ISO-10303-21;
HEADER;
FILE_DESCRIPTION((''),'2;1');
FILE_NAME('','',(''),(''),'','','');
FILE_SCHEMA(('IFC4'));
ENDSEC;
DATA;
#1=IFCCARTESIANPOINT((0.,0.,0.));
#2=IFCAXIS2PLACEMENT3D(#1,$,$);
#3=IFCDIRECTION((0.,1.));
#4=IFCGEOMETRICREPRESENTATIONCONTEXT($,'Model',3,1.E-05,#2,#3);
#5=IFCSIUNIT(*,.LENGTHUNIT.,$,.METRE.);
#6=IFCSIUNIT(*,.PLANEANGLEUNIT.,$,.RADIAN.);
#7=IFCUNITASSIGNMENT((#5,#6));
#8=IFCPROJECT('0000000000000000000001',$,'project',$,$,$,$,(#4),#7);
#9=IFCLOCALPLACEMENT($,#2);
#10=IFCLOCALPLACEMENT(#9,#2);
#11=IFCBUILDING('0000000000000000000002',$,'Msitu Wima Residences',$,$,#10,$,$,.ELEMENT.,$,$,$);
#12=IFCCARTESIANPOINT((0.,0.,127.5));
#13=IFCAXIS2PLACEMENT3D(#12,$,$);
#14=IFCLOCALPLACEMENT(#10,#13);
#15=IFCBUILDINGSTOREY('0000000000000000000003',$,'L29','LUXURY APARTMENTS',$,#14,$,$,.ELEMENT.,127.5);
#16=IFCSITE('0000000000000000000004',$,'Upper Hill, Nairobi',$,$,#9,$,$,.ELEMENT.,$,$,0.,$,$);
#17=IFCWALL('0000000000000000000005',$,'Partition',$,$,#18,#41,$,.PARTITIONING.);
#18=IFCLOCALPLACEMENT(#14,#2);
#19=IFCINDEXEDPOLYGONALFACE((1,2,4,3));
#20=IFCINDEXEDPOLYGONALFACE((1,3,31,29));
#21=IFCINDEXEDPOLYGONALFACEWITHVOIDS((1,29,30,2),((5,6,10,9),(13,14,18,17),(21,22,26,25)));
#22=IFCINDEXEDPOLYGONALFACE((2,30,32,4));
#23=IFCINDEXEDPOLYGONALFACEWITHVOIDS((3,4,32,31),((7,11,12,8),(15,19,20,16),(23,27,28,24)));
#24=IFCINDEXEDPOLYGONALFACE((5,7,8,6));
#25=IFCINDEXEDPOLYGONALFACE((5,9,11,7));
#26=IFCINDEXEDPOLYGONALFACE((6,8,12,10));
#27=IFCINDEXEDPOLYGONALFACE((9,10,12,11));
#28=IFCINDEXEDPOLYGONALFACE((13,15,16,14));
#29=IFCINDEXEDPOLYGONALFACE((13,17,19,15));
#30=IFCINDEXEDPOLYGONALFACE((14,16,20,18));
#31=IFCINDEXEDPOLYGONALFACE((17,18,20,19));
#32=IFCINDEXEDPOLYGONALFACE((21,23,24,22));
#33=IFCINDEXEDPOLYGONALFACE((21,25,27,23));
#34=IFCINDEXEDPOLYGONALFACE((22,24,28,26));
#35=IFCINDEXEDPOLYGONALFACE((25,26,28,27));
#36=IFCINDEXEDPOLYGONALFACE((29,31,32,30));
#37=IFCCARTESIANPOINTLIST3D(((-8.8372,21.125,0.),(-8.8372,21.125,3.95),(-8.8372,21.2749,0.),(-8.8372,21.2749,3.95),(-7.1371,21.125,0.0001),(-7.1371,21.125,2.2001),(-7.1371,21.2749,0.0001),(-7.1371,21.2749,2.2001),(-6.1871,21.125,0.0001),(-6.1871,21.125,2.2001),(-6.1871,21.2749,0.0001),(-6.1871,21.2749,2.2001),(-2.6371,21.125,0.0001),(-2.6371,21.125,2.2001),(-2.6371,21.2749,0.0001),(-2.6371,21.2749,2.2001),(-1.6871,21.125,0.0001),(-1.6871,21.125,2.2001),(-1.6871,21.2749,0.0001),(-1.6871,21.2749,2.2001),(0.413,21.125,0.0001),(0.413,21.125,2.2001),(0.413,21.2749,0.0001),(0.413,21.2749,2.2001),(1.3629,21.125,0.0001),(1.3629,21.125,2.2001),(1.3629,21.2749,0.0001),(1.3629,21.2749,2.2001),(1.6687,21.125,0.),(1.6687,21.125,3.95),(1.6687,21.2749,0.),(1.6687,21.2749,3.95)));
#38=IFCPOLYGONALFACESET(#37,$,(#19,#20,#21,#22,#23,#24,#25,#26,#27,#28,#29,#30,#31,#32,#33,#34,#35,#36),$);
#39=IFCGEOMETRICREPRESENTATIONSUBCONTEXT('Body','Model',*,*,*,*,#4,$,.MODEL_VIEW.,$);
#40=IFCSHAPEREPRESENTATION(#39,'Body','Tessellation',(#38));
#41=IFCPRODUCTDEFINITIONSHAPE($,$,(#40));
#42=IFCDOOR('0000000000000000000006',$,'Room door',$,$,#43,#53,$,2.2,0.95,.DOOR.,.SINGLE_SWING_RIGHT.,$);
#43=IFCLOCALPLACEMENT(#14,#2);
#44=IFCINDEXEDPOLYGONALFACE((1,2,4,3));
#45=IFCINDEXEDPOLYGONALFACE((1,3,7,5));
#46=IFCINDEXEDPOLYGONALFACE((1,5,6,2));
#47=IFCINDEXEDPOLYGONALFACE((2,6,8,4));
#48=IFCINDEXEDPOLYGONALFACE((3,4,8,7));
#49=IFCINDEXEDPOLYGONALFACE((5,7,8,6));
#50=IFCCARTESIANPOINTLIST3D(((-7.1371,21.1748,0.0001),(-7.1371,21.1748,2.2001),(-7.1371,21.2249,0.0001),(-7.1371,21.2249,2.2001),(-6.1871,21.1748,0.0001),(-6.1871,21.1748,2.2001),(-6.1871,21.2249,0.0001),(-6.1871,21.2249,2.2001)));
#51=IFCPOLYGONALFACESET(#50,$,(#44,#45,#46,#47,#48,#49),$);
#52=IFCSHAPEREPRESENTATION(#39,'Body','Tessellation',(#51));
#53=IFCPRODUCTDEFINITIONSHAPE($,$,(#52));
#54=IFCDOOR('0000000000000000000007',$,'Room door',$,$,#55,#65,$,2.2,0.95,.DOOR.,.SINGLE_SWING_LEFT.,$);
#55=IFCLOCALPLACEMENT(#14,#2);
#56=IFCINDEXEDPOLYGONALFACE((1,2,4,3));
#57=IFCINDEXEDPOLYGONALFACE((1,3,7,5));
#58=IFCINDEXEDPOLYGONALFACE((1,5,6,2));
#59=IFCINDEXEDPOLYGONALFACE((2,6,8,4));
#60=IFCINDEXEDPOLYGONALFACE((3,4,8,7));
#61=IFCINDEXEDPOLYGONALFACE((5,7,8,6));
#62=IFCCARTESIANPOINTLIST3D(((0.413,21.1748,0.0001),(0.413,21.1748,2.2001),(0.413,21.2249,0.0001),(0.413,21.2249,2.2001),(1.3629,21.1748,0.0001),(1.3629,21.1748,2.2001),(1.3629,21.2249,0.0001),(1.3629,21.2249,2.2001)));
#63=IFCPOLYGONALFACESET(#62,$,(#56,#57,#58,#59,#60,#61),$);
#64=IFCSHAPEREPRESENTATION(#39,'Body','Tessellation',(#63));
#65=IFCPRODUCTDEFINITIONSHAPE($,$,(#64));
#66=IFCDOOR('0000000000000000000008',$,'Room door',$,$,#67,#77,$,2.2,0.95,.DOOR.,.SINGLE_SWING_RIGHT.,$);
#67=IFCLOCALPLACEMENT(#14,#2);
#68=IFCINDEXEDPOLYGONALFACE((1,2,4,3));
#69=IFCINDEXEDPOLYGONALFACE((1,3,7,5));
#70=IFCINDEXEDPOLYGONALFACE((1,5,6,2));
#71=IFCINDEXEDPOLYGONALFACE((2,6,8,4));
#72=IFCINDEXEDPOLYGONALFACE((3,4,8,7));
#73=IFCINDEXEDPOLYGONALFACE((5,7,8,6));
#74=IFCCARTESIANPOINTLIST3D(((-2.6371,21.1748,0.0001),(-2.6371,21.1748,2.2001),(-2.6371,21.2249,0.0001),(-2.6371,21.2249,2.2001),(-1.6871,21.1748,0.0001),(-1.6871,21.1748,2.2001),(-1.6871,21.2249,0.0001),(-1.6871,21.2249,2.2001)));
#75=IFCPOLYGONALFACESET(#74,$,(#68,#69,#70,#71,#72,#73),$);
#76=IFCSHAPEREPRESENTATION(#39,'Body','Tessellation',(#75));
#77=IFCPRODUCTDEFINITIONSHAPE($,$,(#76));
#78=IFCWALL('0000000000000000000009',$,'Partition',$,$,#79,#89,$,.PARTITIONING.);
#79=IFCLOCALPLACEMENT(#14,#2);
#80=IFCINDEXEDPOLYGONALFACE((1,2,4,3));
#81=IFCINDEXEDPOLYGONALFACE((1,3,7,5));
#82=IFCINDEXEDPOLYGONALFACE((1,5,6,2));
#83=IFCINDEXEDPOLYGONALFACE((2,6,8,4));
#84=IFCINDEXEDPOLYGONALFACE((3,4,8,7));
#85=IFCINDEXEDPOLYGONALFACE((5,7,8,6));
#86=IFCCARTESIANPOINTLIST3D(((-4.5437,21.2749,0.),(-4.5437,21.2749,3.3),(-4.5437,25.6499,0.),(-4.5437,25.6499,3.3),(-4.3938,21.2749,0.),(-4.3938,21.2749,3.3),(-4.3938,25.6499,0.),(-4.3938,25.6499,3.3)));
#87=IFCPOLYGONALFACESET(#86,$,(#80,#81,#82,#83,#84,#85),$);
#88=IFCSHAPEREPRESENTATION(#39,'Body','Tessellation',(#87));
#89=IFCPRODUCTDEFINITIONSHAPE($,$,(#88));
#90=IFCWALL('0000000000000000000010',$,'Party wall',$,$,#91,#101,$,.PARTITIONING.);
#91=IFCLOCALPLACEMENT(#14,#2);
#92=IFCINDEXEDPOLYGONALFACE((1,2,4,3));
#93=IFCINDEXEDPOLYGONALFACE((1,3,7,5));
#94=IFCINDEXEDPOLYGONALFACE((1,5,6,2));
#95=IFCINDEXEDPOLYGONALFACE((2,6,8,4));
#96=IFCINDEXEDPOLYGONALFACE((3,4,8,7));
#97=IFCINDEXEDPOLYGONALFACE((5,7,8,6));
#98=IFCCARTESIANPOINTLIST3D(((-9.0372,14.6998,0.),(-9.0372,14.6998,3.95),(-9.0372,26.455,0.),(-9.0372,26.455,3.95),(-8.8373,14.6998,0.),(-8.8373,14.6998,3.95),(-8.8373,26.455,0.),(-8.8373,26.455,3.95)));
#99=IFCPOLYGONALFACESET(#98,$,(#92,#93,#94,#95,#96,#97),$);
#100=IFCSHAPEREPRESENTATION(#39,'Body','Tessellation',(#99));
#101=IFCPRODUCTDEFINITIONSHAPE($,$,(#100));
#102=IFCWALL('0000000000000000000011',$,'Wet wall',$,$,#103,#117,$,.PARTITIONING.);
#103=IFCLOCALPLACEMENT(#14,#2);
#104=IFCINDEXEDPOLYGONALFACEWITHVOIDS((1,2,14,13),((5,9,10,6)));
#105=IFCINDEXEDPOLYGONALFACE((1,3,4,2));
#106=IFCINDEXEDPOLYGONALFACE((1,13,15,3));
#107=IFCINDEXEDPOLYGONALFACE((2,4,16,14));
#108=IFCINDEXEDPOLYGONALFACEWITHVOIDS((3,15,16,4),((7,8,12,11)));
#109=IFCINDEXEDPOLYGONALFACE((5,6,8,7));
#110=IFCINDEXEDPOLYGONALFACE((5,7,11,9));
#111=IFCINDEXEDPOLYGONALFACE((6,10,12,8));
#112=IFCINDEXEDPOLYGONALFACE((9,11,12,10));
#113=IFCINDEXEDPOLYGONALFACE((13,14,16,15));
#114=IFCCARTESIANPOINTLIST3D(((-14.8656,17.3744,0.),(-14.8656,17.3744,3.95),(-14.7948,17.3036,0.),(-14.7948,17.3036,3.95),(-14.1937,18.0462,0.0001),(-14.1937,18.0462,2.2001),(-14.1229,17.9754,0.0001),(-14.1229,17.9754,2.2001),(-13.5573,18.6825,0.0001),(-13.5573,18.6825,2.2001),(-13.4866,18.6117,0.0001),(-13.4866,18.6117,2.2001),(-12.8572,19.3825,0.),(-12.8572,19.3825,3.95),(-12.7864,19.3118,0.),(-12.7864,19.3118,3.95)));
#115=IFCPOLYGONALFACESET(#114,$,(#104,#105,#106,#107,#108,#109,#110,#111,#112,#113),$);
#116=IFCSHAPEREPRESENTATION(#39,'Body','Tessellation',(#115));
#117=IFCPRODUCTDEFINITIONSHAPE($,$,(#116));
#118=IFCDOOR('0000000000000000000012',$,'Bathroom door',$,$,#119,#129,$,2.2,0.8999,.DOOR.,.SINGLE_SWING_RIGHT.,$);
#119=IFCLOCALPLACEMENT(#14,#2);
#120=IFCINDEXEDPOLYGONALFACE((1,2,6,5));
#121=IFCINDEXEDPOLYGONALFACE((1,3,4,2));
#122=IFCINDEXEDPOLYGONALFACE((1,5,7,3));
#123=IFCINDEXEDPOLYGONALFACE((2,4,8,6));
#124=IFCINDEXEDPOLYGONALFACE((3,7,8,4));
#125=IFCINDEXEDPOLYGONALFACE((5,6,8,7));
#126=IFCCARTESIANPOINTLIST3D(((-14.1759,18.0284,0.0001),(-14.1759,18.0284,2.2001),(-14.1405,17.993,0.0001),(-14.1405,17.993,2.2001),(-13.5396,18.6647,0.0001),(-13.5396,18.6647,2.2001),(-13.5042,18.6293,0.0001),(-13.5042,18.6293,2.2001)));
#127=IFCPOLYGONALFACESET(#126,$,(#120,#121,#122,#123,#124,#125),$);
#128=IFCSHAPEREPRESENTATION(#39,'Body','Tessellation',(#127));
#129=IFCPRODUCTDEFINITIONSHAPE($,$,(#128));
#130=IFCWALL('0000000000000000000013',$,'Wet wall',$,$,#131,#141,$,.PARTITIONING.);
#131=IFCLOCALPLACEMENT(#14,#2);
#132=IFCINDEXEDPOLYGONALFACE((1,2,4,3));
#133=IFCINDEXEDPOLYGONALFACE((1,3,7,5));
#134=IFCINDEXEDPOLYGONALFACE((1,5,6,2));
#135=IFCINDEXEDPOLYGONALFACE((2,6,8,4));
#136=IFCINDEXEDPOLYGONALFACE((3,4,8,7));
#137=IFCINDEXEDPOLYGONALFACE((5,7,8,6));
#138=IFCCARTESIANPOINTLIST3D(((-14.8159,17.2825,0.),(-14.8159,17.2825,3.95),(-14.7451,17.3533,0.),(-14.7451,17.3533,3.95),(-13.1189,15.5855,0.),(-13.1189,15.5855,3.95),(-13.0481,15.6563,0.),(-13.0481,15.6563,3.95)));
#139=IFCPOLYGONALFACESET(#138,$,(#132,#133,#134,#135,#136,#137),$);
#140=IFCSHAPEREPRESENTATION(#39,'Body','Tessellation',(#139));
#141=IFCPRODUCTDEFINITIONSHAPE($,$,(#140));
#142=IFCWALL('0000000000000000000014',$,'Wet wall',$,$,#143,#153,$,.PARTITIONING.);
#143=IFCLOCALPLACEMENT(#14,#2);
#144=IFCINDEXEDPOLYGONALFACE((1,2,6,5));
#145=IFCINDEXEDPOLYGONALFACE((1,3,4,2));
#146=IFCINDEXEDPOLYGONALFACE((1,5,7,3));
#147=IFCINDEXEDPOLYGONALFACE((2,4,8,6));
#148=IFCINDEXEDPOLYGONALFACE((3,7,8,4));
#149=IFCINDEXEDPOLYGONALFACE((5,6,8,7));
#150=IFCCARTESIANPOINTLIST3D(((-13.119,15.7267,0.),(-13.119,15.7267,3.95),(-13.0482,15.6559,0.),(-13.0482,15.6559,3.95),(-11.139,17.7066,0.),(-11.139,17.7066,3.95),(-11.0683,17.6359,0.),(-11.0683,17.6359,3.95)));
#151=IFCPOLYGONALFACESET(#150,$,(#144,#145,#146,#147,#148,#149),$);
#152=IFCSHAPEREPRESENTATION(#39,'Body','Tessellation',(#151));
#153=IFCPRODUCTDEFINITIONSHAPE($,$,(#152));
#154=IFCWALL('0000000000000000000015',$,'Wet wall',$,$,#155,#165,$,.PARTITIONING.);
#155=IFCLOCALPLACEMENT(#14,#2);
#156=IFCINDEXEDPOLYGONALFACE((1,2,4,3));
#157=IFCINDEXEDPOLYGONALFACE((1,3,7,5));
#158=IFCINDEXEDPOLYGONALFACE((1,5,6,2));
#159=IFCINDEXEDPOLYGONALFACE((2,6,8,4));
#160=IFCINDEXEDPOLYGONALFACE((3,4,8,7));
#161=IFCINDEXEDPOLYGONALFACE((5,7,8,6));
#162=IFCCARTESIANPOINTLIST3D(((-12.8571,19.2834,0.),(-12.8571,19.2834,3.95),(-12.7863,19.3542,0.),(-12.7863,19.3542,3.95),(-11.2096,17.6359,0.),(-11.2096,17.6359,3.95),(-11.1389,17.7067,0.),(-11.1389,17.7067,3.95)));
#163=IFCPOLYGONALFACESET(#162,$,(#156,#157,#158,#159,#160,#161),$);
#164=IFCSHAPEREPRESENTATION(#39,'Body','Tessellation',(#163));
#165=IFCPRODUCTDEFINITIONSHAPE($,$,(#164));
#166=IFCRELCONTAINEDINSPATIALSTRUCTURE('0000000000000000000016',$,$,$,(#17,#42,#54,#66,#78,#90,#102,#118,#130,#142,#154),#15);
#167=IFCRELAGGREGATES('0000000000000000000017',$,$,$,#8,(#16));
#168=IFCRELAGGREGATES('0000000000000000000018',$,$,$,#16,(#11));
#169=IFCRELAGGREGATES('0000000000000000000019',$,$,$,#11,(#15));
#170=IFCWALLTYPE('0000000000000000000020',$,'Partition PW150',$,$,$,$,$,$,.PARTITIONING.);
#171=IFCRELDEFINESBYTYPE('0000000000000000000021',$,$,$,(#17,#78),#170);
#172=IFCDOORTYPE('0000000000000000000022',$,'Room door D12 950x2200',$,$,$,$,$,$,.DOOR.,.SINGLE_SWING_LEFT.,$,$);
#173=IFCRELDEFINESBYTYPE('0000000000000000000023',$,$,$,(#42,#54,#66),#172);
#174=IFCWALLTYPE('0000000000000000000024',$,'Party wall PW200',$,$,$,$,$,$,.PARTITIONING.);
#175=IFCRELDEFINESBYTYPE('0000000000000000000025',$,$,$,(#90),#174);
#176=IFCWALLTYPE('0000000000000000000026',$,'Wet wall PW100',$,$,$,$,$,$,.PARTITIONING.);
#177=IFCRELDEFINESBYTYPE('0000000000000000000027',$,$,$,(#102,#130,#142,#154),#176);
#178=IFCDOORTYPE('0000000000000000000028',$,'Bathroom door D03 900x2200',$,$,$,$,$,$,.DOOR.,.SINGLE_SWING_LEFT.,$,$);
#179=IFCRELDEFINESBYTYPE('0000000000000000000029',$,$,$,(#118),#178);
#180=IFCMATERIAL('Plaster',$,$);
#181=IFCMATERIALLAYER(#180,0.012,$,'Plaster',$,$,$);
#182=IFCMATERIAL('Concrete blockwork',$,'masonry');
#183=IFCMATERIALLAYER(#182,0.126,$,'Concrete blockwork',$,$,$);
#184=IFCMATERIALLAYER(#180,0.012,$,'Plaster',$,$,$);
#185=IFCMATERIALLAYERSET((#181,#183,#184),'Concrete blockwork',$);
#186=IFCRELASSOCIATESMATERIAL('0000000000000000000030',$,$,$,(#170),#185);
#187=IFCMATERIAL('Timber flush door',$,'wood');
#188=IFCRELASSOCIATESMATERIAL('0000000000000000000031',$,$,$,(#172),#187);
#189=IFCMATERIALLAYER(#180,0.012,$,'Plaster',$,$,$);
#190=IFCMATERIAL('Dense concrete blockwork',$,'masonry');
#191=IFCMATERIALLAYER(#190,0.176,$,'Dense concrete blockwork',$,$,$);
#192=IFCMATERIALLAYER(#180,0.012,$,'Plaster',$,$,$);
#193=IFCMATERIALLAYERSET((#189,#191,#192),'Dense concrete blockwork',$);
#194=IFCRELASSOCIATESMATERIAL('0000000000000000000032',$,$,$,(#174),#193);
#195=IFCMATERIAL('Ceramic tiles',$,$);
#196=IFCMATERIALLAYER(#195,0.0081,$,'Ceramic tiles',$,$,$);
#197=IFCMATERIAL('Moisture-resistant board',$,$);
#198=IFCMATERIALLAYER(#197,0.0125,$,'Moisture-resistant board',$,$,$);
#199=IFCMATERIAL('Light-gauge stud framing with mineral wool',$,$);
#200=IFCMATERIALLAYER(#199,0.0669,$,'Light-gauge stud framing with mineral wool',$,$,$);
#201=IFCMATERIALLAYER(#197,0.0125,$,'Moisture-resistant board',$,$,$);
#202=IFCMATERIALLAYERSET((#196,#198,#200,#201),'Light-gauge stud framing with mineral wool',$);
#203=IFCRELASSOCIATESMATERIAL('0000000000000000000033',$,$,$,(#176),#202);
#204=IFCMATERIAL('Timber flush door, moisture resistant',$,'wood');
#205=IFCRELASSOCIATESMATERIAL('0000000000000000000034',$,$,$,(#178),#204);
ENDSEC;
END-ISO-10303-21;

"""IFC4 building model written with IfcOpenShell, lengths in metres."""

from ifc_helpers import new_model, si_unit, direction, frame, frame_2d, origin, place, context, subcontext, project, spatial, rectangle, extrude, material, layer, layer_set, type_object, element, fill, save


model = new_model("IFC4")

# Units and contexts
model_context = context("Model", 3, precision=1e-05, world=origin(), true_north=direction((0.0, 1.0)))
body_context = subcontext(model_context, "Body", "Model", "MODEL_VIEW")
ifc_project = project(units=[si_unit("LENGTHUNIT", "METRE"), si_unit("PLANEANGLEUNIT", "RADIAN")], contexts=[model_context])

# Site, building, storey
site_placement = place(None, origin())
site = spatial("IfcSite", under=ifc_project, at=site_placement, Name="Upper Hill, Nairobi", CompositionType="ELEMENT", RefElevation=0.0)
building_placement = place(site_placement, origin())
building = spatial("IfcBuilding", under=site, at=building_placement, Name="Msitu Wima Residences", CompositionType="ELEMENT")
storey_placement = place(building_placement, frame((0.0, 0.0, 127.5)))
storey = spatial("IfcBuildingStorey", under=building, at=storey_placement, Name="L29", Description="LUXURY APARTMENTS", CompositionType="ELEMENT", Elevation=127.5)

# Shared definitions
ifc_material_1 = material(Name="Plaster")
ifc_layer_1 = layer(ifc_material_1, 0.012, Name="Plaster")
ifc_material_2 = material(Name="Concrete blockwork", Category="masonry")
ifc_layer_2 = layer(ifc_material_2, 0.126, Name="Concrete blockwork")
ifc_layer_3 = layer(ifc_material_1, 0.012, Name="Plaster")
ifc_layer_set_1 = layer_set([ifc_layer_1, ifc_layer_2, ifc_layer_3], Name="Concrete blockwork")
wall_type_1 = type_object("IfcWallType", Name="Partition PW150", PredefinedType="PARTITIONING", material=ifc_layer_set_1)
ifc_material_3 = material(Name="Timber flush door", Category="wood")
door_type_1 = type_object("IfcDoorType", Name="Room door D12 950x2200", OperationType="SINGLE_SWING_LEFT", PredefinedType="DOOR", material=ifc_material_3)

# Wall, openings, doors
wall_1_placement = place(storey_placement, frame((-8.8372, 21.2, 0.0), z_axis=(0.0, 0.0, 1.0), x_axis=(1.0, 0.0, 0.0)))
wall_1 = element("IfcWall", 1, at=wall_1_placement, inside=storey, type_object=wall_type_1, Name="Partition", PredefinedType="PARTITIONING", context=body_context, shape_type="SweptSolid", body=[
    extrude(rectangle(XDim=10.5059, YDim=0.1499, at=frame_2d((5.2529, 0.0))), origin(), (0.0, 0.0, 1.0), 3.95),
])
opening_1_placement = place(wall_1_placement, frame((1.7, 0.0, 0.0)))
opening_1 = element("IfcOpeningElement", 2, at=opening_1_placement, cuts=wall_1, PredefinedType="OPENING", context=body_context, shape_type="SweptSolid", body=[
    extrude(rectangle(XDim=0.95, YDim=2.2, at=frame_2d((0.4751, 1.1001))), frame((0.0, 0.085, 0.0), z_axis=(0.0, -1.0, 0.0), x_axis=(1.0, 0.0, 0.0)), (0.0, 0.0, 1.0), 0.1699),
])
opening_2_placement = place(wall_1_placement, frame((9.25, 0.0, 0.0)))
opening_2 = element("IfcOpeningElement", 3, at=opening_2_placement, cuts=wall_1, PredefinedType="OPENING", context=body_context, shape_type="SweptSolid", body=[
    extrude(rectangle(XDim=0.95, YDim=2.2, at=frame_2d((0.4751, 1.1001))), frame((0.0, 0.085, 0.0), z_axis=(0.0, -1.0, 0.0), x_axis=(1.0, 0.0, 0.0)), (0.0, 0.0, 1.0), 0.1699),
])
opening_3_placement = place(wall_1_placement, frame((6.2, 0.0, 0.0)))
opening_3 = element("IfcOpeningElement", 4, at=opening_3_placement, cuts=wall_1, PredefinedType="OPENING", context=body_context, shape_type="SweptSolid", body=[
    extrude(rectangle(XDim=0.95, YDim=2.2, at=frame_2d((0.4751, 1.1001))), frame((0.0, 0.085, 0.0), z_axis=(0.0, -1.0, 0.0), x_axis=(1.0, 0.0, 0.0)), (0.0, 0.0, 1.0), 0.1699),
])
door_1_placement = place(opening_1_placement, origin())
door_1 = element("IfcDoor", 5, at=door_1_placement, inside=storey, type_object=door_type_1, Name="Room door", OperationType="SINGLE_SWING_RIGHT", OverallHeight=2.2, OverallWidth=0.95, PredefinedType="DOOR", context=body_context, shape_type="SweptSolid", body=[
    extrude(rectangle(XDim=0.95, YDim=2.2, at=frame_2d((0.4751, 1.1001))), frame((0.0, 0.0249, 0.0), z_axis=(0.0, -1.0, 0.0), x_axis=(1.0, 0.0, 0.0)), (0.0, 0.0, 1.0), 0.05),
])
fill(opening_1, door_1)
door_2_placement = place(opening_2_placement, origin())
door_2 = element("IfcDoor", 6, at=door_2_placement, inside=storey, type_object=door_type_1, Name="Room door", OperationType="SINGLE_SWING_LEFT", OverallHeight=2.2, OverallWidth=0.95, PredefinedType="DOOR", context=body_context, shape_type="SweptSolid", body=[
    extrude(rectangle(XDim=0.95, YDim=2.2, at=frame_2d((0.4751, 1.1001))), frame((0.0, 0.0249, 0.0), z_axis=(0.0, -1.0, 0.0), x_axis=(1.0, 0.0, 0.0)), (0.0, 0.0, 1.0), 0.05),
])
fill(opening_2, door_2)
door_3_placement = place(opening_3_placement, origin())
door_3 = element("IfcDoor", 7, at=door_3_placement, inside=storey, type_object=door_type_1, Name="Room door", OperationType="SINGLE_SWING_RIGHT", OverallHeight=2.2, OverallWidth=0.95, PredefinedType="DOOR", context=body_context, shape_type="SweptSolid", body=[
    extrude(rectangle(XDim=0.95, YDim=2.2, at=frame_2d((0.4751, 1.1001))), frame((0.0, 0.0249, 0.0), z_axis=(0.0, -1.0, 0.0), x_axis=(1.0, 0.0, 0.0)), (0.0, 0.0, 1.0), 0.05),
])
fill(opening_3, door_3)

# Walls
wall_2_placement = place(storey_placement, frame((-4.4688, 21.2749, 0.0), z_axis=(0.0, 0.0, 1.0), x_axis=(0.0, 1.0, 0.0)))
element("IfcWall", 8, at=wall_2_placement, inside=storey, type_object=wall_type_1, Name="Partition", PredefinedType="PARTITIONING", context=body_context, shape_type="SweptSolid", body=[
    extrude(rectangle(XDim=4.375, YDim=0.1499, at=frame_2d((2.1875, 0.0))), origin(), (0.0, 0.0, 1.0), 3.3),
])
ifc_layer_4 = layer(ifc_material_1, 0.012, Name="Plaster")
ifc_material_4 = material(Name="Dense concrete blockwork", Category="masonry")
ifc_layer_5 = layer(ifc_material_4, 0.176, Name="Dense concrete blockwork")
ifc_layer_6 = layer(ifc_material_1, 0.012, Name="Plaster")
ifc_layer_set_2 = layer_set([ifc_layer_4, ifc_layer_5, ifc_layer_6], Name="Dense concrete blockwork")
wall_type_2 = type_object("IfcWallType", Name="Party wall PW200", PredefinedType="PARTITIONING", material=ifc_layer_set_2)
wall_3_placement = place(storey_placement, frame((-8.9373, 14.7, 0.0), z_axis=(0.0, 0.0, 1.0), x_axis=(0.0, 1.0, 0.0)))
element("IfcWall", 9, at=wall_3_placement, inside=storey, type_object=wall_type_2, Name="Party wall", PredefinedType="PARTITIONING", context=body_context, shape_type="SweptSolid", body=[
    extrude(rectangle(XDim=11.7551, YDim=0.2, at=frame_2d((5.8774, 0.0))), origin(), (0.0, 0.0, 1.0), 3.95),
])

# Wall, opening, door
ifc_material_5 = material(Name="Ceramic tiles")
ifc_layer_7 = layer(ifc_material_5, 0.0081, Name="Ceramic tiles")
ifc_material_6 = material(Name="Moisture-resistant board")
ifc_layer_8 = layer(ifc_material_6, 0.0125, Name="Moisture-resistant board")
ifc_material_7 = material(Name="Light-gauge stud framing with mineral wool")
ifc_layer_9 = layer(ifc_material_7, 0.0669, Name="Light-gauge stud framing with mineral wool")
ifc_layer_10 = layer(ifc_material_6, 0.0125, Name="Moisture-resistant board")
ifc_layer_set_3 = layer_set([ifc_layer_7, ifc_layer_8, ifc_layer_9, ifc_layer_10], Name="Light-gauge stud framing with mineral wool")
wall_type_3 = type_object("IfcWallType", Name="Wet wall PW100", PredefinedType="PARTITIONING", material=ifc_layer_set_3)
wall_4_placement = place(storey_placement, frame((-14.8301, 17.3391, 0.0), z_axis=(0.0, 0.0, 1.0), x_axis=(0.70715, 0.707064, 0.0)))
wall_4 = element("IfcWall", 10, at=wall_4_placement, inside=storey, type_object=wall_type_3, Name="Wet wall", PredefinedType="PARTITIONING", context=body_context, shape_type="SweptSolid", body=[
    extrude(rectangle(XDim=2.8401, YDim=0.1001, at=frame_2d((1.4199, 0.0))), origin(), (0.0, 0.0, 1.0), 3.95),
])
opening_4_placement = place(wall_4_placement, frame((0.95, 0.0, 0.0)))
opening_4 = element("IfcOpeningElement", 11, at=opening_4_placement, cuts=wall_4, PredefinedType="OPENING", context=body_context, shape_type="SweptSolid", body=[
    extrude(rectangle(XDim=0.8999, YDim=2.2, at=frame_2d((0.45, 1.1001))), frame((0.0, 0.0601, 0.0), z_axis=(0.0, -1.0, 0.0), x_axis=(1.0, 0.0, 0.0)), (0.0, 0.0, 1.0), 0.1201),
])
ifc_material_8 = material(Name="Timber flush door, moisture resistant", Category="wood")
door_type_2 = type_object("IfcDoorType", Name="Bathroom door D03 900x2200", OperationType="SINGLE_SWING_LEFT", PredefinedType="DOOR", material=ifc_material_8)
door_4_placement = place(opening_4_placement, origin())
door_4 = element("IfcDoor", 12, at=door_4_placement, inside=storey, type_object=door_type_2, Name="Bathroom door", OperationType="SINGLE_SWING_RIGHT", OverallHeight=2.2, OverallWidth=0.8999, PredefinedType="DOOR", context=body_context, shape_type="SweptSolid", body=[
    extrude(rectangle(XDim=0.8999, YDim=2.2, at=frame_2d((0.45, 1.1001))), frame((0.0, 0.0249, 0.0), z_axis=(0.0, -1.0, 0.0), x_axis=(1.0, 0.0, 0.0)), (0.0, 0.0, 1.0), 0.05),
])
fill(opening_4, door_4)

# Walls
wall_5_placement = place(storey_placement, frame((-14.7805, 17.3179, 0.0), z_axis=(0.0, 0.0, 1.0), x_axis=(0.707107, -0.707107, 0.0)))
element("IfcWall", 13, at=wall_5_placement, inside=storey, type_object=wall_type_3, Name="Wet wall", PredefinedType="PARTITIONING", context=body_context, shape_type="SweptSolid", body=[
    extrude(rectangle(XDim=2.3999, YDim=0.1001, at=frame_2d((1.2, 0.0))), origin(), (0.0, 0.0, 1.0), 3.95),
])
wall_6_placement = place(storey_placement, frame((-13.0835, 15.6914, 0.0), z_axis=(0.0, 0.0, 1.0), x_axis=(0.707107, 0.707107, 0.0)))
element("IfcWall", 14, at=wall_6_placement, inside=storey, type_object=wall_type_3, Name="Wet wall", PredefinedType="PARTITIONING", context=body_context, shape_type="SweptSolid", body=[
    extrude(rectangle(XDim=2.8, YDim=0.1001, at=frame_2d((1.3999, 0.0))), origin(), (0.0, 0.0, 1.0), 3.95),
])
wall_7_placement = place(storey_placement, frame((-12.8218, 19.3188, 0.0), z_axis=(0.0, 0.0, 1.0), x_axis=(0.707107, -0.707107, 0.0)))
element("IfcWall", 15, at=wall_7_placement, inside=storey, type_object=wall_type_3, Name="Wet wall", PredefinedType="PARTITIONING", context=body_context, shape_type="SweptSolid", body=[
    extrude(rectangle(XDim=2.3298, YDim=0.1001, at=frame_2d((1.165, 0.0))), origin(), (0.0, 0.0, 1.0), 3.95),
])

save(model, "model.ifc")
